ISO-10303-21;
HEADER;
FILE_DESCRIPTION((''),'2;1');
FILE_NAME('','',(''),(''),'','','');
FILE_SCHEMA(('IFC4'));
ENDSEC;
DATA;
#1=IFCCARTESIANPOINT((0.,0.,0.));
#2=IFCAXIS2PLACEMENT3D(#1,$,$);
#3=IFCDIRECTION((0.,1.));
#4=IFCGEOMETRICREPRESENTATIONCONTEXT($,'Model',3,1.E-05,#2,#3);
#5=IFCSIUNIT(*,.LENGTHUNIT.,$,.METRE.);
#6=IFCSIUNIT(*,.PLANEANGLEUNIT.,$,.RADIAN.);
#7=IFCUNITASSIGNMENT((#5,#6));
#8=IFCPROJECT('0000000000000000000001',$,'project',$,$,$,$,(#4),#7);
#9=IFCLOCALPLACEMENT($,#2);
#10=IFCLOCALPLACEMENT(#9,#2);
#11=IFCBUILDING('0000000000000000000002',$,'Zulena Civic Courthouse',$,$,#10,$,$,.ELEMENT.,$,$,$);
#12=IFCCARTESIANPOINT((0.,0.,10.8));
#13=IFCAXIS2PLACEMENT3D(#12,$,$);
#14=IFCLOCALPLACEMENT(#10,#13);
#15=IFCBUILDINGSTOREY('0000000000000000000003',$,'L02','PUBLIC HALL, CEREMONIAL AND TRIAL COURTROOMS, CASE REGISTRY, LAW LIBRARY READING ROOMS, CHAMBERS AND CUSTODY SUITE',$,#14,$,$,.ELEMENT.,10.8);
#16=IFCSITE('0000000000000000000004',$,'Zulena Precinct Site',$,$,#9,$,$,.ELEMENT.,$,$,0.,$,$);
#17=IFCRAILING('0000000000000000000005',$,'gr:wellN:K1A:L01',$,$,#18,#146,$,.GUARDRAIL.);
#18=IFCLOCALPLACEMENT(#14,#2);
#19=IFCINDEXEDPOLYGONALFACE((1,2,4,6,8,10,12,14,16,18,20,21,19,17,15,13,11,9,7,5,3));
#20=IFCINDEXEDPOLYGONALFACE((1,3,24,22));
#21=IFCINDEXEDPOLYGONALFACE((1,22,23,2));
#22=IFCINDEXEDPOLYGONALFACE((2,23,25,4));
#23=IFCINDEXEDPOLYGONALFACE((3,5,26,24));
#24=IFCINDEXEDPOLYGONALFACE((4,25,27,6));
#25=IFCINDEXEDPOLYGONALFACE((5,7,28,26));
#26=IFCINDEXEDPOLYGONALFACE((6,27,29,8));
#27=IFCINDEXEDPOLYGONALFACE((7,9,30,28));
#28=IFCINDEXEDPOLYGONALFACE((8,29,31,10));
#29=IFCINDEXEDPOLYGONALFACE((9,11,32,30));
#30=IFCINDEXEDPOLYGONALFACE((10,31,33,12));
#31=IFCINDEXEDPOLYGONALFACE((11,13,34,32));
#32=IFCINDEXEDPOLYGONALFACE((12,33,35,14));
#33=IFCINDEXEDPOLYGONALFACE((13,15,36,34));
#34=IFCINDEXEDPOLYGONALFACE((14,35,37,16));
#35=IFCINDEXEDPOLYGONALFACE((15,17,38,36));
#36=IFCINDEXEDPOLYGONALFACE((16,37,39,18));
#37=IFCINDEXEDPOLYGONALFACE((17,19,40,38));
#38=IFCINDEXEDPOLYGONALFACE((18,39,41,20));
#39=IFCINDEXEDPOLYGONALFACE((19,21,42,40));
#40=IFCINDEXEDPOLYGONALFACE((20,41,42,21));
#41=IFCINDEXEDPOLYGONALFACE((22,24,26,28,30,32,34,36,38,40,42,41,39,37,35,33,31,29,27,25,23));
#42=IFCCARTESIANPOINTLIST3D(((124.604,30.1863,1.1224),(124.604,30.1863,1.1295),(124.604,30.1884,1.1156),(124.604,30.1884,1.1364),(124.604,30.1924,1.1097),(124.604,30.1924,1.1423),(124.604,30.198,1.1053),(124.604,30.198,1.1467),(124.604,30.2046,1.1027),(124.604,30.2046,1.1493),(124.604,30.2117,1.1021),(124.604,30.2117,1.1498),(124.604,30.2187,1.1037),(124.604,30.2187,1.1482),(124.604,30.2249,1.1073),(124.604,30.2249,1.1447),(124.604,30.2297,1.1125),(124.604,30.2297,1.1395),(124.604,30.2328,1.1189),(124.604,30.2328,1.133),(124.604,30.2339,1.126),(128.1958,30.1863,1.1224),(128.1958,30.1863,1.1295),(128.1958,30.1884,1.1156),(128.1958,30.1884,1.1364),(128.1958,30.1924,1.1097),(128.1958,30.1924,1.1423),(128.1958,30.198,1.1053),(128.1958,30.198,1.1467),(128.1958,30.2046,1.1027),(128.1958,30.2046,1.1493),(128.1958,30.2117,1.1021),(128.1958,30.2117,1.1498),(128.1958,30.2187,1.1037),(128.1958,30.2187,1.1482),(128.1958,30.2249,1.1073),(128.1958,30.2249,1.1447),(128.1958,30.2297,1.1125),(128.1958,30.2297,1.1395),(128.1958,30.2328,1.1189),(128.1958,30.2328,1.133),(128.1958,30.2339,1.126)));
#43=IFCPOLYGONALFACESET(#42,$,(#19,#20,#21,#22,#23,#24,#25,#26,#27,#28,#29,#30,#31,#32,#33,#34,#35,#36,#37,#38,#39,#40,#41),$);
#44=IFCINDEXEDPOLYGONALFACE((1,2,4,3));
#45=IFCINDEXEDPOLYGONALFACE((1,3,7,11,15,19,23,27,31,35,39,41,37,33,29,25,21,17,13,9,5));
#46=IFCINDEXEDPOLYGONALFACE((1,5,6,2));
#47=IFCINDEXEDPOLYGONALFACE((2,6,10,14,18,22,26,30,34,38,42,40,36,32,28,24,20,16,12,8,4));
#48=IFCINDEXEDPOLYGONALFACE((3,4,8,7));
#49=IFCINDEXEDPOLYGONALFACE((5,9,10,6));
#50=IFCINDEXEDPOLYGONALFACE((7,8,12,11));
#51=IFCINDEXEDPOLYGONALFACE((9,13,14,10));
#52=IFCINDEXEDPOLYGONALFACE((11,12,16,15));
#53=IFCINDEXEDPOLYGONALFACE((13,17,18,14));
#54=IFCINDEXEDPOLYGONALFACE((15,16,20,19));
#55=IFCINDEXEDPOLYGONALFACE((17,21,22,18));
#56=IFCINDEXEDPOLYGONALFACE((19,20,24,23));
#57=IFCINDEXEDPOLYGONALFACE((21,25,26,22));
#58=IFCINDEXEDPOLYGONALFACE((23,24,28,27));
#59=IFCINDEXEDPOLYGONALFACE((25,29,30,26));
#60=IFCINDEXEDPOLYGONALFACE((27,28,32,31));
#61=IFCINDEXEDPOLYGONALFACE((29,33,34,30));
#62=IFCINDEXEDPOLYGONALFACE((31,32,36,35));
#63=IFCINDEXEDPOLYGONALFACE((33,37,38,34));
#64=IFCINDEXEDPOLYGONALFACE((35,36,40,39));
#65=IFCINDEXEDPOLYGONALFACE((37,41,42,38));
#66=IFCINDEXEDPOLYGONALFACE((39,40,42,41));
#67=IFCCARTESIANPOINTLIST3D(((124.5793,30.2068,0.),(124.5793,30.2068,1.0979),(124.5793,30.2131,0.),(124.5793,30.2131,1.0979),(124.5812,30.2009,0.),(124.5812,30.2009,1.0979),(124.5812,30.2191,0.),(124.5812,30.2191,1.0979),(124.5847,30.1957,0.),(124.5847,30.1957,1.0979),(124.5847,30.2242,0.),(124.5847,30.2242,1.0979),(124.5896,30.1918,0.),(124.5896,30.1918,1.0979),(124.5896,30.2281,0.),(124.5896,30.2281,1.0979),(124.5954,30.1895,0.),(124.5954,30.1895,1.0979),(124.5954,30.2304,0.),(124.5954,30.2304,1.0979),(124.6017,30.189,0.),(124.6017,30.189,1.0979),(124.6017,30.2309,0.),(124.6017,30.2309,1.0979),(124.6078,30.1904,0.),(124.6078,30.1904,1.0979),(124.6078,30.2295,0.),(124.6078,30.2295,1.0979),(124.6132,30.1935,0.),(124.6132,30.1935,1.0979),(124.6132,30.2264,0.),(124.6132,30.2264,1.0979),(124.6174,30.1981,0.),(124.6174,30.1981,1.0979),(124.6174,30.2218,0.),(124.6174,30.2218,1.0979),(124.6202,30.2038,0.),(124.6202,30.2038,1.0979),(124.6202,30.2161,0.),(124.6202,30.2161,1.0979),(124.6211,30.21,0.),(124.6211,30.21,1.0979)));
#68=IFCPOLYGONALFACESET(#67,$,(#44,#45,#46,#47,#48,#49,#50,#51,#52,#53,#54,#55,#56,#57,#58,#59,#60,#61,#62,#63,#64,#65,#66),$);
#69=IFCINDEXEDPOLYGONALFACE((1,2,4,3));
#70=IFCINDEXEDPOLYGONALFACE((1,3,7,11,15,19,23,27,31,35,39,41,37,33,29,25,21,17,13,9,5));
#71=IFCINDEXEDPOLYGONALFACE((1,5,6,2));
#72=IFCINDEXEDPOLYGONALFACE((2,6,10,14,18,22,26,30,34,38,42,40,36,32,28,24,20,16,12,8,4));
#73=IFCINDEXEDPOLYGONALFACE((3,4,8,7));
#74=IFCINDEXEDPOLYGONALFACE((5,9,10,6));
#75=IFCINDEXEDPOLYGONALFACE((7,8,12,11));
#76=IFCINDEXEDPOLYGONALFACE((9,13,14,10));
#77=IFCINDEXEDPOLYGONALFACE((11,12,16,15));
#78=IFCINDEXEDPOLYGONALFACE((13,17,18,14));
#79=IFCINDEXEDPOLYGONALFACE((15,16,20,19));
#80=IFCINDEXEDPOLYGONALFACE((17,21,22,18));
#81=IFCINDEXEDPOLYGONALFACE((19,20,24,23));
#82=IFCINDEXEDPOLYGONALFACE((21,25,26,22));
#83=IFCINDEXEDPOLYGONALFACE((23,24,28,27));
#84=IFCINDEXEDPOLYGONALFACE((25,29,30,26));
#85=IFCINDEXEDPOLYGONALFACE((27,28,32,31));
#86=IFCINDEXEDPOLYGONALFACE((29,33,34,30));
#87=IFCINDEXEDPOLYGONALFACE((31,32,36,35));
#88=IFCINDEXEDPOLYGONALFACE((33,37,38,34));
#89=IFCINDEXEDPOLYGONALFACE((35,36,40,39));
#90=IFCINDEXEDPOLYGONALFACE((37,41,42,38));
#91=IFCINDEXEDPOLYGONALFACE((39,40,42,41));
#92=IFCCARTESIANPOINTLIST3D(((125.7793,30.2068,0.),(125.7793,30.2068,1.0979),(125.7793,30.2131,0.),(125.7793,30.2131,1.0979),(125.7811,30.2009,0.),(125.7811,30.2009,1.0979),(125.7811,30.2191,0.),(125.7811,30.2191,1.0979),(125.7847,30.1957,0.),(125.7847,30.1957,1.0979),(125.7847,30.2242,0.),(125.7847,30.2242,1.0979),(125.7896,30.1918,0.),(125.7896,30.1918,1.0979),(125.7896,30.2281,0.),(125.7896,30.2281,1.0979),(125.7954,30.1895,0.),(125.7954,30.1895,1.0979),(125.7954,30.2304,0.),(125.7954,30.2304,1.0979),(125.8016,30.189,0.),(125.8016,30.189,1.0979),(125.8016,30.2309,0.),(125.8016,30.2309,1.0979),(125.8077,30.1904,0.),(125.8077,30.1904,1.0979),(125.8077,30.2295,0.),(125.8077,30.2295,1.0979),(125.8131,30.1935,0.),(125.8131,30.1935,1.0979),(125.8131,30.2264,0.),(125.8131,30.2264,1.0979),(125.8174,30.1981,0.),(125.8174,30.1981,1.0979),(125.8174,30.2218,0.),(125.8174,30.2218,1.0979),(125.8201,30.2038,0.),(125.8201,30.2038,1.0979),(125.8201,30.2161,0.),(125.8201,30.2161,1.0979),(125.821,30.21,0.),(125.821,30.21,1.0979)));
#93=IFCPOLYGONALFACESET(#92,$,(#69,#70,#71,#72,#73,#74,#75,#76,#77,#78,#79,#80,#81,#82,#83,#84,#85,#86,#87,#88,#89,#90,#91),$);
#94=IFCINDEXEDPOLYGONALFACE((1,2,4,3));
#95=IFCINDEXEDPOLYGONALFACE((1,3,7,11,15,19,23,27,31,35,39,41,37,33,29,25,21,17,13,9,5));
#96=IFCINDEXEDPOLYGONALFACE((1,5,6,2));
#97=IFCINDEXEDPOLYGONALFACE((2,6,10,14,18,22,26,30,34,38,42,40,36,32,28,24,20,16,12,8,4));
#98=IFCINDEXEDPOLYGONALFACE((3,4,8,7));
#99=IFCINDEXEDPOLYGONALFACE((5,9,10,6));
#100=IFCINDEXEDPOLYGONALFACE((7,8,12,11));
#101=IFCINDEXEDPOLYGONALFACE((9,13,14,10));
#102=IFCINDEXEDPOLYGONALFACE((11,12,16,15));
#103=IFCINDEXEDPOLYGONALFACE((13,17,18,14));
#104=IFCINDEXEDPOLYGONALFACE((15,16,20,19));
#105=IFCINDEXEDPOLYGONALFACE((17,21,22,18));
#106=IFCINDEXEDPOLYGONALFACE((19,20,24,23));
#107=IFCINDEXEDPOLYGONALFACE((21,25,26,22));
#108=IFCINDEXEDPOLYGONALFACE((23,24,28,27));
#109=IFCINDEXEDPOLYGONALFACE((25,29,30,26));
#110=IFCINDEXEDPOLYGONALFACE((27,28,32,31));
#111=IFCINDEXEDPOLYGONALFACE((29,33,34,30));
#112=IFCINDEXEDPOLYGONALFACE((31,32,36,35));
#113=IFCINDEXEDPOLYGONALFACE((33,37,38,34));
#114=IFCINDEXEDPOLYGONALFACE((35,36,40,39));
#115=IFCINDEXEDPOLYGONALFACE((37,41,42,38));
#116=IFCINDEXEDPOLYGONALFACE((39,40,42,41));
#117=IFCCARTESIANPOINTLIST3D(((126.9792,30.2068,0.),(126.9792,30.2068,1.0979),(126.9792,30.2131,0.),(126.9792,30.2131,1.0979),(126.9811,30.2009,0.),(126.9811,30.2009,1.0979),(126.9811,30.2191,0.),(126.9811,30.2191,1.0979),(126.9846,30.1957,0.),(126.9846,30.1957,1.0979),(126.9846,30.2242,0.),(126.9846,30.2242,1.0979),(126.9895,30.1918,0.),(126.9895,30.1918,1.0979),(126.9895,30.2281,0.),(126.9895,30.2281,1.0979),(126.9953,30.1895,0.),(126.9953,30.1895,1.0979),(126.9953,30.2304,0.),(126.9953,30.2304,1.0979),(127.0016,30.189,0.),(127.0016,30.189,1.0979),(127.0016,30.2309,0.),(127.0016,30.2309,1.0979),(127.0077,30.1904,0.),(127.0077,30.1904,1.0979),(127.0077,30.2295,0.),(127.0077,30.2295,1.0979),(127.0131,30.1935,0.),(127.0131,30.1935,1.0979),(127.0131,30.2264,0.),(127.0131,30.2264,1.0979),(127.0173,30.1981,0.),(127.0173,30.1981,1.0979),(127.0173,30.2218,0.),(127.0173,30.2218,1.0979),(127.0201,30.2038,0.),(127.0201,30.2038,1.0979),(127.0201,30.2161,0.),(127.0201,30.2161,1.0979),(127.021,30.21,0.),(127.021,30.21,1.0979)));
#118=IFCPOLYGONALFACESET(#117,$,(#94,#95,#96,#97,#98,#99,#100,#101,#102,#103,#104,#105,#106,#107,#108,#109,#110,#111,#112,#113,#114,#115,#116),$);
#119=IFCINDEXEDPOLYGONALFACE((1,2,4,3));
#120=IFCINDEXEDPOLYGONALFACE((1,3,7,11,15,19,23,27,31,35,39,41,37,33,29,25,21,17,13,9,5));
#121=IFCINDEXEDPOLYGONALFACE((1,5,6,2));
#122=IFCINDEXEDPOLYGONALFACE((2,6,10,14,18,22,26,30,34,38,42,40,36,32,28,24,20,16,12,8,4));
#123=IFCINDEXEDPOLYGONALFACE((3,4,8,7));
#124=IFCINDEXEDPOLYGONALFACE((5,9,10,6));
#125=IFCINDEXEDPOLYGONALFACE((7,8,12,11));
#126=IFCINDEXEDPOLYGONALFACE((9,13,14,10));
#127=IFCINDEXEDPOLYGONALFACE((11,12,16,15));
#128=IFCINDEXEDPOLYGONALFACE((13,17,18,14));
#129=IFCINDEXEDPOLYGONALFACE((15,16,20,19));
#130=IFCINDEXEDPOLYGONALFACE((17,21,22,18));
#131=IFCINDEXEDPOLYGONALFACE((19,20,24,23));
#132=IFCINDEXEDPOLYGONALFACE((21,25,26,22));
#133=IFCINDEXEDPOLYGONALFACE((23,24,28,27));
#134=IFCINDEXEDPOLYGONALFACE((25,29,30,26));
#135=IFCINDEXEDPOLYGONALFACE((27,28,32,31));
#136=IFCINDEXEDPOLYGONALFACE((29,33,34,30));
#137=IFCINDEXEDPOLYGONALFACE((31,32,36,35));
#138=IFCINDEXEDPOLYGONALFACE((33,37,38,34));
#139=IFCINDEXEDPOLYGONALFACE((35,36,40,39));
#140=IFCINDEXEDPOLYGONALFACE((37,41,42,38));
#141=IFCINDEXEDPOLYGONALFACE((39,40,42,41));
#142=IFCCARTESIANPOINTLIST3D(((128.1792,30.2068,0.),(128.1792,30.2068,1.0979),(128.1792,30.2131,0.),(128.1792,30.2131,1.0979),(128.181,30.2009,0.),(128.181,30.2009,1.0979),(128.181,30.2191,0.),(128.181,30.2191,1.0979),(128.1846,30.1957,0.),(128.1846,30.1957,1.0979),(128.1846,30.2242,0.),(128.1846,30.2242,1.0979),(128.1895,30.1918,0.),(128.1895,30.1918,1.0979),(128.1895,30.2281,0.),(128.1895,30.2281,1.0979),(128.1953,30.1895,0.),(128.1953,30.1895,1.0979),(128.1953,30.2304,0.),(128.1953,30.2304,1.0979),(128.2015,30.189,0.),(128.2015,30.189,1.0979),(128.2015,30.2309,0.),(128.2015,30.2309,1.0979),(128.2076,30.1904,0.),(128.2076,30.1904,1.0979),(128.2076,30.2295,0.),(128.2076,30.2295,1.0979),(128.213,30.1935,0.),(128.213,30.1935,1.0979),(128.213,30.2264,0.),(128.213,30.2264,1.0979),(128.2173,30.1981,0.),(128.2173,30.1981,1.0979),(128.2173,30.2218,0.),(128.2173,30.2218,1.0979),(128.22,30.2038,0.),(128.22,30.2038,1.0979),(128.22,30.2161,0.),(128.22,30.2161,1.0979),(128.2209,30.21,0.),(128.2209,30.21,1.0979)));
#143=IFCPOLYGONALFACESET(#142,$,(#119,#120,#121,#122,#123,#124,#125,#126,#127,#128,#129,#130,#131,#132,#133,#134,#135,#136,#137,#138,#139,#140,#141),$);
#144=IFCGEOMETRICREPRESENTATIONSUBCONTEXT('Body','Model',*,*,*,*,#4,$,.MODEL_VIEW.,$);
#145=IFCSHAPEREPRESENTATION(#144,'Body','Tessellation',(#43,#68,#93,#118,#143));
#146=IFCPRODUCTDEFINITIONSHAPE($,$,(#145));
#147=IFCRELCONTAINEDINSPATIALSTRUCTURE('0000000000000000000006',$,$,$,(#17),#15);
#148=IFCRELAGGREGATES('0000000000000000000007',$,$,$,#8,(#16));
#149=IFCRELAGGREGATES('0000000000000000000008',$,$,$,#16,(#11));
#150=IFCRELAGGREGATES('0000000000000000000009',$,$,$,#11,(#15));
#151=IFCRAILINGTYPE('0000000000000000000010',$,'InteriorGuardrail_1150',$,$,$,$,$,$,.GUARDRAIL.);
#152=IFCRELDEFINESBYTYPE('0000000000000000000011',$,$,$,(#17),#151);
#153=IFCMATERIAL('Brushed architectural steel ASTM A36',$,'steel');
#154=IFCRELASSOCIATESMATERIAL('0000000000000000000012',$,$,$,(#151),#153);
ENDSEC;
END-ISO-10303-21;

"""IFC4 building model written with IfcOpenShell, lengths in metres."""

from ifc_helpers import new_model, si_unit, direction, frame, origin, origin_2d, place, context, subcontext, project, spatial, circle, extrude, material, type_object, element, save


model = new_model("IFC4")

# Units and contexts
model_context = context("Model", 3, precision=1e-05, world=origin(), true_north=direction((0.0, 1.0)))
body_context = subcontext(model_context, "Body", "Model", "MODEL_VIEW")
ifc_project = project(units=[si_unit("LENGTHUNIT", "METRE"), si_unit("PLANEANGLEUNIT", "RADIAN")], contexts=[model_context])

# Site, building, storey
site_placement = place(None, origin())
site = spatial("IfcSite", under=ifc_project, at=site_placement, Name="Zulena Precinct Site", CompositionType="ELEMENT", RefElevation=0.0)
building_placement = place(site_placement, origin())
building = spatial("IfcBuilding", under=site, at=building_placement, Name="Zulena Civic Courthouse", CompositionType="ELEMENT")
storey_placement = place(building_placement, frame((0.0, 0.0, 10.8)))
storey = spatial("IfcBuildingStorey", under=building, at=storey_placement, Name="L02", Description="PUBLIC HALL, CEREMONIAL AND TRIAL COURTROOMS, CASE REGISTRY, LAW LIBRARY READING ROOMS, CHAMBERS AND CUSTODY SUITE", CompositionType="ELEMENT", Elevation=10.8)

# Railing
ifc_material_1 = material(Name="Brushed architectural steel ASTM A36", Category="steel")
railing_type_1 = type_object("IfcRailingType", Name="InteriorGuardrail_1150", PredefinedType="GUARDRAIL", material=ifc_material_1)
railing_1_placement = place(storey_placement, frame((124.6001, 30.21, 0.0)))
element("IfcRailing", 1, at=railing_1_placement, inside=storey, type_object=railing_type_1, Name="gr:wellN:K1A:L01", PredefinedType="GUARDRAIL", context=body_context, shape_type="SweptSolid", body=[
    extrude(circle(Radius=0.0239, at=origin_2d()), frame((0.0039, 0.0, 1.126), z_axis=(1.0, 0.0, 0.0), x_axis=(0.0, 1.0, 0.0)), (0.0, 0.0, 1.0), 3.5918),
    extrude(circle(Radius=0.021, at=origin_2d()), origin(), (0.0, 0.0, 1.0), 1.0979),
    extrude(circle(Radius=0.021, at=origin_2d()), frame((1.2, 0.0, 0.0)), (0.0, 0.0, 1.0), 1.0979),
    extrude(circle(Radius=0.021, at=origin_2d()), frame((2.3999, 0.0, 0.0)), (0.0, 0.0, 1.0), 1.0979),
    extrude(circle(Radius=0.021, at=origin_2d()), frame((3.5999, 0.0, 0.0)), (0.0, 0.0, 1.0), 1.0979),
])

save(model, "model.ifc")
